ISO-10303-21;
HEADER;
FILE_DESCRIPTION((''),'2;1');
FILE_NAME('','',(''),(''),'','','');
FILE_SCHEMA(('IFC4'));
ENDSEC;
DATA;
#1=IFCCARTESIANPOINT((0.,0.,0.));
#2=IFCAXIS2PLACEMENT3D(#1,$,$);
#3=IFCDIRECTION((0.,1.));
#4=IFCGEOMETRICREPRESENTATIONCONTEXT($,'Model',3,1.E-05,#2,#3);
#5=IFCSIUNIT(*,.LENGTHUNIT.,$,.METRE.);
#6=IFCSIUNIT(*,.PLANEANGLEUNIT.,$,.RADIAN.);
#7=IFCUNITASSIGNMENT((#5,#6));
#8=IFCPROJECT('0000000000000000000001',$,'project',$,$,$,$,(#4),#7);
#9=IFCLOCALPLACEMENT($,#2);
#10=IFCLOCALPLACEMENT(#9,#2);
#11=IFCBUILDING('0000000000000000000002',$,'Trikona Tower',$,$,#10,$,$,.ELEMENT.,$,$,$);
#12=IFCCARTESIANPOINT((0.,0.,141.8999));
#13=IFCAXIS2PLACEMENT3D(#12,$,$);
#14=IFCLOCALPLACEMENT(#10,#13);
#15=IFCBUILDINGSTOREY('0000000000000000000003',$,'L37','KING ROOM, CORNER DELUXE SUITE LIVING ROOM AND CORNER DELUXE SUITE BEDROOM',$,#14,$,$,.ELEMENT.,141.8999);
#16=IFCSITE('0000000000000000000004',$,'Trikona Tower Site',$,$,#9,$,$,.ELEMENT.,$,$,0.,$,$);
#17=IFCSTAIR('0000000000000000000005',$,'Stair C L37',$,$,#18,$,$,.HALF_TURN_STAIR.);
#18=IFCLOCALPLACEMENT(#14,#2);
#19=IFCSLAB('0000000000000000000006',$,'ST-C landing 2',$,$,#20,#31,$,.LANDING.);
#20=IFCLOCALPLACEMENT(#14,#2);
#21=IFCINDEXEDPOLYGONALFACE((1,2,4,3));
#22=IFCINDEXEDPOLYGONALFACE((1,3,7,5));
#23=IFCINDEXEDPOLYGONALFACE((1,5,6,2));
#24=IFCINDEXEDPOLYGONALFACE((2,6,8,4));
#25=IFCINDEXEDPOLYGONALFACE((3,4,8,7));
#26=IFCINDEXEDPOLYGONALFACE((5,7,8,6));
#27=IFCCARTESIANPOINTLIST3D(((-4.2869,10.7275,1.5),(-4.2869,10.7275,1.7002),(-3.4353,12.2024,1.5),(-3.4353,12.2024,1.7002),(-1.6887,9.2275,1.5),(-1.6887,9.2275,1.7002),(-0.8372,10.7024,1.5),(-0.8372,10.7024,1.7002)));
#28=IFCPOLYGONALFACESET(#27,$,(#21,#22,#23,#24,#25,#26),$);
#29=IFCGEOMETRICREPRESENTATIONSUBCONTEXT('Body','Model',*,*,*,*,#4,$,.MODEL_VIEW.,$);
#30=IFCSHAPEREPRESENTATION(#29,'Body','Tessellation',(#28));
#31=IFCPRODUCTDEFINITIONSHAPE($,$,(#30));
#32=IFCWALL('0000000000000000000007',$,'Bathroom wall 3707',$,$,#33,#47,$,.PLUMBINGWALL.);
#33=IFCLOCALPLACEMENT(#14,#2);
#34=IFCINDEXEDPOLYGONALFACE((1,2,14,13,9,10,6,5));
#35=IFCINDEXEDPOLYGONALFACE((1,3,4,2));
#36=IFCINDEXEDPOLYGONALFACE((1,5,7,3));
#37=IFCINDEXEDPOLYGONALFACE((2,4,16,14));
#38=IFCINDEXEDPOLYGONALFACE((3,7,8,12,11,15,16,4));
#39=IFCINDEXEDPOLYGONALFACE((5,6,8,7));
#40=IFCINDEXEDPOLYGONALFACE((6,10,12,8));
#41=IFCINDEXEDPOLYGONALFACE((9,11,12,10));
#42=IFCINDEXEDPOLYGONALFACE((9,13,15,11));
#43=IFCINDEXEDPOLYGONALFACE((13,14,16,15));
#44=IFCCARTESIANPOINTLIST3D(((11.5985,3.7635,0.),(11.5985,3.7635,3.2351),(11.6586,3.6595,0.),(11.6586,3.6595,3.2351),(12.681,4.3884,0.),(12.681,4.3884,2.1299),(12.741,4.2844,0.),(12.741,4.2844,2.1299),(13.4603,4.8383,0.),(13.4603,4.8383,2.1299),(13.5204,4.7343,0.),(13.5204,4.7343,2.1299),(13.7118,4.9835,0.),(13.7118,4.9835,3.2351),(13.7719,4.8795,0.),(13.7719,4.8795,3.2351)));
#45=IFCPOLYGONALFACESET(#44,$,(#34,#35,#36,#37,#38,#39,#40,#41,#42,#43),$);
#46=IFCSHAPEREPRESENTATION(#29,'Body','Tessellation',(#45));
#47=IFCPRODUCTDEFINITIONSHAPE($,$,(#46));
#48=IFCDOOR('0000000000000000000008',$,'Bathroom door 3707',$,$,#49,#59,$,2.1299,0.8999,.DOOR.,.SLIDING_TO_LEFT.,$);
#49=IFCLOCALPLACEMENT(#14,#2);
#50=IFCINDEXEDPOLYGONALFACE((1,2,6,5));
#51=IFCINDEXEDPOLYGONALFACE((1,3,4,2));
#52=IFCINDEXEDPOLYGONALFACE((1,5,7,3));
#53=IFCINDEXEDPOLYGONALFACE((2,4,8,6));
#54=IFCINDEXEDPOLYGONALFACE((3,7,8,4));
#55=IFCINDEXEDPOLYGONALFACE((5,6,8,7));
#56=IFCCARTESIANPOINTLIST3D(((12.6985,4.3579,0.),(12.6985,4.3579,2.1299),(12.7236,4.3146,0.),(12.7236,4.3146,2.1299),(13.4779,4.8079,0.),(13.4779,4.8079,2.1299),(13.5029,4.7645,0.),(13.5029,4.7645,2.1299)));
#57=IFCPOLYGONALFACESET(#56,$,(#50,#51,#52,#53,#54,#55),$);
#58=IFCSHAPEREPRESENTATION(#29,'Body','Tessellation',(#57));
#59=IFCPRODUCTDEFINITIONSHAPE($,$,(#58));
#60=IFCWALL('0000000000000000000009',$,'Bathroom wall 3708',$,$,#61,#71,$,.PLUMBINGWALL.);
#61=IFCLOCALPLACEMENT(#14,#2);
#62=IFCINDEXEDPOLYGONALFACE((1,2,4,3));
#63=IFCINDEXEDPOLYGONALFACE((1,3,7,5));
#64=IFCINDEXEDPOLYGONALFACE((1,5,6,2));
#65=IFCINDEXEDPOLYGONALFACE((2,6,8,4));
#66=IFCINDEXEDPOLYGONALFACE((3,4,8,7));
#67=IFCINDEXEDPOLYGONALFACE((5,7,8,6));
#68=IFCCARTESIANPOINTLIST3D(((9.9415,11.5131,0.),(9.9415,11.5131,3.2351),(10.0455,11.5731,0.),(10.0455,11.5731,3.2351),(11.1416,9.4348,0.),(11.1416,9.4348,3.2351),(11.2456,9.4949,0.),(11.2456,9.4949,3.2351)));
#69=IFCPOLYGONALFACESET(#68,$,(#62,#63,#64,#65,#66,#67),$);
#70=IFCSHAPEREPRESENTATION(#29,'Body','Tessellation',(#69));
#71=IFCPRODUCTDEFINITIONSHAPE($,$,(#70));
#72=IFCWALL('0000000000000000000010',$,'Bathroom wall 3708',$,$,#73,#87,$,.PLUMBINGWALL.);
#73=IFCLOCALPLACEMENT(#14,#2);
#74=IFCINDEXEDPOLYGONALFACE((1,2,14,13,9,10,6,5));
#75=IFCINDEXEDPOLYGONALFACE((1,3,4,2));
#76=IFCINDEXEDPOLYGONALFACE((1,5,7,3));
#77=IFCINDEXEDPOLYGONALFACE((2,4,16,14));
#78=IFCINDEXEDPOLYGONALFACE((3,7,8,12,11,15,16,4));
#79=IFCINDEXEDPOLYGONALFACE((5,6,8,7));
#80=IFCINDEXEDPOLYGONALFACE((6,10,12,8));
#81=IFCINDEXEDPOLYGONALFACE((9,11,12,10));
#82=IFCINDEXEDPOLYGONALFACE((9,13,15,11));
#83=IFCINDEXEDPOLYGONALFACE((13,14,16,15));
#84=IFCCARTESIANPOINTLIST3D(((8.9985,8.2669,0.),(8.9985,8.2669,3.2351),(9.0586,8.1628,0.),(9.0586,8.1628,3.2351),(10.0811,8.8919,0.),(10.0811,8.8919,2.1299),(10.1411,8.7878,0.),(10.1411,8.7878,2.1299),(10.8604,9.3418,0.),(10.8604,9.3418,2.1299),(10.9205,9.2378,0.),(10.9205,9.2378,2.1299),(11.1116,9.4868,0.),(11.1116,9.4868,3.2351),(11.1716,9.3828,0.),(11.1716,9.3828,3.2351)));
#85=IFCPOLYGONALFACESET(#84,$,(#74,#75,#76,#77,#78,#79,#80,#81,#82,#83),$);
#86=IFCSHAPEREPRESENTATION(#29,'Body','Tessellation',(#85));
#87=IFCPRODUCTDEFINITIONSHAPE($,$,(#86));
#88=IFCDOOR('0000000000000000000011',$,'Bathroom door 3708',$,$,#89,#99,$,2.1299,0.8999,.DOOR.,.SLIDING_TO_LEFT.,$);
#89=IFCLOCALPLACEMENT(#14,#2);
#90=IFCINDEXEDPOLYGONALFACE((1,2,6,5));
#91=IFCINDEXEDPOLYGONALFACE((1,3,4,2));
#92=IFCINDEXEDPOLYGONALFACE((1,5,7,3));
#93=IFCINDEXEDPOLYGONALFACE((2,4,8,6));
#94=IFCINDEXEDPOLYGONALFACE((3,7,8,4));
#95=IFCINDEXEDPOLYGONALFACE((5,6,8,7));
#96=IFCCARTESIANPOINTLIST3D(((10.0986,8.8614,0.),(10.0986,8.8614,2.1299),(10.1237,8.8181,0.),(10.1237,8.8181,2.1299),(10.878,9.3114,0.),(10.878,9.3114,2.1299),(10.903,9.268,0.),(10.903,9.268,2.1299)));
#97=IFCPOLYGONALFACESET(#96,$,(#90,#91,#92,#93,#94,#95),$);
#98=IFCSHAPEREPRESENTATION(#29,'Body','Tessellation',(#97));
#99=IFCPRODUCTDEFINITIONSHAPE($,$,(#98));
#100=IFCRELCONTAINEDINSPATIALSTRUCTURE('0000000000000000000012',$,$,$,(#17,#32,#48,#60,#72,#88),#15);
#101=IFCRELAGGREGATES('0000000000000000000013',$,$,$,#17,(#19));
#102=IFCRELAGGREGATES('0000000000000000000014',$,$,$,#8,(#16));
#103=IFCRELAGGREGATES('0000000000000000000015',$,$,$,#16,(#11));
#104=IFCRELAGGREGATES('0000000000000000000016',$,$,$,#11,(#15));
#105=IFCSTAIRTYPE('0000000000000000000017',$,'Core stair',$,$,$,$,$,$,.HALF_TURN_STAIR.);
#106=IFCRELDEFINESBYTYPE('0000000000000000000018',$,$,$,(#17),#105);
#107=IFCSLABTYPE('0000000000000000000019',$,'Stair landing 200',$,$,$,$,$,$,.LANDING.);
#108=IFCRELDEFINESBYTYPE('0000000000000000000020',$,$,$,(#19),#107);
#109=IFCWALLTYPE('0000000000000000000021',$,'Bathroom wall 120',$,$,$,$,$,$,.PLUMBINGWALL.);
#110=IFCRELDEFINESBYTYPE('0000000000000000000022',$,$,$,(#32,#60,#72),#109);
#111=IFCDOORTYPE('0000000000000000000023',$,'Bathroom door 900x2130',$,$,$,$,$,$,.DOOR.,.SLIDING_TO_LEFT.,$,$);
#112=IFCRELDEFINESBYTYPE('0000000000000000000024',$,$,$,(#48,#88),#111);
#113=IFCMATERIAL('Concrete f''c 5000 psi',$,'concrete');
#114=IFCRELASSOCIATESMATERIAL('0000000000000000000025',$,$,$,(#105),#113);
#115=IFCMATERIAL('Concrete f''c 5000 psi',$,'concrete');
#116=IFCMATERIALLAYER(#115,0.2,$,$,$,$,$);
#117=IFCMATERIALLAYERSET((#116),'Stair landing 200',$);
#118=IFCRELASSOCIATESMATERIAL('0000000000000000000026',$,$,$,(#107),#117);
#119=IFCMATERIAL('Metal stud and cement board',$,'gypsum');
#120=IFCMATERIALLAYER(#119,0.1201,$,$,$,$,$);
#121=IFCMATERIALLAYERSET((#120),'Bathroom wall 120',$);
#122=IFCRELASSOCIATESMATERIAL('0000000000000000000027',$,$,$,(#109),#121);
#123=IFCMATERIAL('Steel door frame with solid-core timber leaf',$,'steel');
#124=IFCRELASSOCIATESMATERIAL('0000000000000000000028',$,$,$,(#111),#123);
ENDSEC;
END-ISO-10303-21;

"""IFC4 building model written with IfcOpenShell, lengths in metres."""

from ifc_helpers import new_model, si_unit, direction, frame, frame_2d, origin, place, context, subcontext, project, spatial, polyline, rectangle, outline, extrude, material, layer, layer_set, type_object, element, fill, aggregate, save


model = new_model("IFC4")

# Units and contexts
model_context = context("Model", 3, precision=1e-05, world=origin(), true_north=direction((0.0, 1.0)))
body_context = subcontext(model_context, "Body", "Model", "MODEL_VIEW")
ifc_project = project(units=[si_unit("LENGTHUNIT", "METRE"), si_unit("PLANEANGLEUNIT", "RADIAN")], contexts=[model_context])

# Site, building, storey
site_placement = place(None, origin())
site = spatial("IfcSite", under=ifc_project, at=site_placement, Name="Trikona Tower Site", CompositionType="ELEMENT", RefElevation=0.0)
building_placement = place(site_placement, origin())
building = spatial("IfcBuilding", under=site, at=building_placement, Name="Trikona Tower", CompositionType="ELEMENT")
storey_placement = place(building_placement, frame((0.0, 0.0, 141.8999)))
storey = spatial("IfcBuildingStorey", under=building, at=storey_placement, Name="L37", Description="KING ROOM, CORNER DELUXE SUITE LIVING ROOM AND CORNER DELUXE SUITE BEDROOM", CompositionType="ELEMENT", Elevation=141.8999)

# Stair, slab
ifc_material_1 = material(Name="Concrete f'c 5000 psi", Category="concrete")
stair_type = type_object("IfcStairType", Name="Core stair", PredefinedType="HALF_TURN_STAIR", material=ifc_material_1)
ifc_material_2 = material(Name="Concrete f'c 5000 psi", Category="concrete")
ifc_layer_1 = layer(ifc_material_2, 0.2)
ifc_layer_set_1 = layer_set([ifc_layer_1], Name="Stair landing 200")
slab_type_1 = type_object("IfcSlabType", Name="Stair landing 200", PredefinedType="LANDING", material=ifc_layer_set_1)
stair_1_placement = place(storey_placement, origin())
stair_1 = element("IfcStair", 1, at=stair_1_placement, inside=storey, type_object=stair_type, Name="Stair C L37", PredefinedType="HALF_TURN_STAIR")
slab_1_placement = place(storey_placement, frame((0.0, 0.0, 1.5)))
slab_1 = element("IfcSlab", 2, at=slab_1_placement, type_object=slab_type_1, Name="ST-C landing 2", PredefinedType="LANDING", context=body_context, shape_type="SweptSolid", body=[
    extrude(outline(polyline([(-0.8372, 10.7024), (-1.6887, 9.2275), (-4.2869, 10.7275), (-3.4353, 12.2024), (-0.8372, 10.7024)])), origin(), (0.0, 0.0, 1.0), 0.2002),
])
aggregate(stair_1, [slab_1])

# Wall, opening, door
ifc_material_3 = material(Name="Metal stud and cement board", Category="gypsum")
ifc_layer_2 = layer(ifc_material_3, 0.1201)
ifc_layer_set_2 = layer_set([ifc_layer_2], Name="Bathroom wall 120")
wall_type_1 = type_object("IfcWallType", Name="Bathroom wall 120", PredefinedType="PLUMBINGWALL", material=ifc_layer_set_2)
wall_1_placement = place(storey_placement, frame((11.6284, 3.7114, 0.0), z_axis=(0.0, 0.0, 1.0), x_axis=(0.866049, 0.499959, 0.0)))
wall_1 = element("IfcWall", 3, at=wall_1_placement, inside=storey, type_object=wall_type_1, Name="Bathroom wall 3707", PredefinedType="PLUMBINGWALL", context=body_context, shape_type="SweptSolid", body=[
    extrude(rectangle(XDim=2.4402, YDim=0.1201, at=frame_2d((1.2202, 0.0))), origin(), (0.0, 0.0, 1.0), 3.2351),
])
opening_1_placement = place(wall_1_placement, frame((1.25, 0.0, 0.0)))
opening_1 = element("IfcOpeningElement", 4, at=opening_1_placement, cuts=wall_1, PredefinedType="OPENING", context=body_context, shape_type="SweptSolid", body=[
    extrude(rectangle(XDim=0.8999, YDim=2.1299, at=frame_2d((0.45, 1.0649))), frame((0.0, 0.0701, 0.0), z_axis=(0.0, -1.0, 0.0), x_axis=(1.0, 0.0, 0.0)), (0.0, 0.0, 1.0), 0.1401),
])
ifc_material_4 = material(Name="Steel door frame with solid-core timber leaf", Category="steel")
door_type_1 = type_object("IfcDoorType", Name="Bathroom door 900x2130", OperationType="SLIDING_TO_LEFT", PredefinedType="DOOR", material=ifc_material_4)
door_1_placement = place(opening_1_placement, origin())
door_1 = element("IfcDoor", 5, at=door_1_placement, inside=storey, type_object=door_type_1, Name="Bathroom door 3707", OperationType="SLIDING_TO_LEFT", OverallHeight=2.1299, OverallWidth=0.8999, PredefinedType="DOOR", context=body_context, shape_type="SweptSolid", body=[
    extrude(rectangle(XDim=0.8999, YDim=2.1299, at=frame_2d((0.45, 1.0649))), frame((0.0, 0.0249, 0.0), z_axis=(0.0, -1.0, 0.0), x_axis=(1.0, 0.0, 0.0)), (0.0, 0.0, 1.0), 0.05),
])
fill(opening_1, door_1)

# Wall
wall_2_placement = place(storey_placement, frame((11.1936, 9.4648, 0.0), z_axis=(0.0, 0.0, 1.0), x_axis=(-0.500078, 0.865981, 0.0)))
element("IfcWall", 6, at=wall_2_placement, inside=storey, type_object=wall_type_1, Name="Bathroom wall 3708", PredefinedType="PLUMBINGWALL", context=body_context, shape_type="SweptSolid", body=[
    extrude(rectangle(XDim=2.3999, YDim=0.1201, at=frame_2d((1.2, 0.0))), origin(), (0.0, 0.0, 1.0), 3.2351),
])

# Wall, opening, door
wall_3_placement = place(storey_placement, frame((9.0286, 8.2148, 0.0), z_axis=(0.0, 0.0, 1.0), x_axis=(0.866024, 0.500003, 0.0)))
wall_3 = element("IfcWall", 7, at=wall_3_placement, inside=storey, type_object=wall_type_1, Name="Bathroom wall 3708", PredefinedType="PLUMBINGWALL", context=body_context, shape_type="SweptSolid", body=[
    extrude(rectangle(XDim=2.4399, YDim=0.1201, at=frame_2d((1.22, 0.0))), origin(), (0.0, 0.0, 1.0), 3.2351),
])
opening_2_placement = place(wall_3_placement, frame((1.25, 0.0, 0.0)))
opening_2 = element("IfcOpeningElement", 8, at=opening_2_placement, cuts=wall_3, PredefinedType="OPENING", context=body_context, shape_type="SweptSolid", body=[
    extrude(rectangle(XDim=0.8999, YDim=2.1299, at=frame_2d((0.45, 1.0649))), frame((0.0, 0.0701, 0.0), z_axis=(0.0, -1.0, 0.0), x_axis=(1.0, 0.0, 0.0)), (0.0, 0.0, 1.0), 0.1401),
])
door_2_placement = place(opening_2_placement, origin())
door_2 = element("IfcDoor", 9, at=door_2_placement, inside=storey, type_object=door_type_1, Name="Bathroom door 3708", OperationType="SLIDING_TO_LEFT", OverallHeight=2.1299, OverallWidth=0.8999, PredefinedType="DOOR", context=body_context, shape_type="SweptSolid", body=[
    extrude(rectangle(XDim=0.8999, YDim=2.1299, at=frame_2d((0.45, 1.0649))), frame((0.0, 0.0249, 0.0), z_axis=(0.0, -1.0, 0.0), x_axis=(1.0, 0.0, 0.0)), (0.0, 0.0, 1.0), 0.05),
])
fill(opening_2, door_2)

save(model, "model.ifc")
